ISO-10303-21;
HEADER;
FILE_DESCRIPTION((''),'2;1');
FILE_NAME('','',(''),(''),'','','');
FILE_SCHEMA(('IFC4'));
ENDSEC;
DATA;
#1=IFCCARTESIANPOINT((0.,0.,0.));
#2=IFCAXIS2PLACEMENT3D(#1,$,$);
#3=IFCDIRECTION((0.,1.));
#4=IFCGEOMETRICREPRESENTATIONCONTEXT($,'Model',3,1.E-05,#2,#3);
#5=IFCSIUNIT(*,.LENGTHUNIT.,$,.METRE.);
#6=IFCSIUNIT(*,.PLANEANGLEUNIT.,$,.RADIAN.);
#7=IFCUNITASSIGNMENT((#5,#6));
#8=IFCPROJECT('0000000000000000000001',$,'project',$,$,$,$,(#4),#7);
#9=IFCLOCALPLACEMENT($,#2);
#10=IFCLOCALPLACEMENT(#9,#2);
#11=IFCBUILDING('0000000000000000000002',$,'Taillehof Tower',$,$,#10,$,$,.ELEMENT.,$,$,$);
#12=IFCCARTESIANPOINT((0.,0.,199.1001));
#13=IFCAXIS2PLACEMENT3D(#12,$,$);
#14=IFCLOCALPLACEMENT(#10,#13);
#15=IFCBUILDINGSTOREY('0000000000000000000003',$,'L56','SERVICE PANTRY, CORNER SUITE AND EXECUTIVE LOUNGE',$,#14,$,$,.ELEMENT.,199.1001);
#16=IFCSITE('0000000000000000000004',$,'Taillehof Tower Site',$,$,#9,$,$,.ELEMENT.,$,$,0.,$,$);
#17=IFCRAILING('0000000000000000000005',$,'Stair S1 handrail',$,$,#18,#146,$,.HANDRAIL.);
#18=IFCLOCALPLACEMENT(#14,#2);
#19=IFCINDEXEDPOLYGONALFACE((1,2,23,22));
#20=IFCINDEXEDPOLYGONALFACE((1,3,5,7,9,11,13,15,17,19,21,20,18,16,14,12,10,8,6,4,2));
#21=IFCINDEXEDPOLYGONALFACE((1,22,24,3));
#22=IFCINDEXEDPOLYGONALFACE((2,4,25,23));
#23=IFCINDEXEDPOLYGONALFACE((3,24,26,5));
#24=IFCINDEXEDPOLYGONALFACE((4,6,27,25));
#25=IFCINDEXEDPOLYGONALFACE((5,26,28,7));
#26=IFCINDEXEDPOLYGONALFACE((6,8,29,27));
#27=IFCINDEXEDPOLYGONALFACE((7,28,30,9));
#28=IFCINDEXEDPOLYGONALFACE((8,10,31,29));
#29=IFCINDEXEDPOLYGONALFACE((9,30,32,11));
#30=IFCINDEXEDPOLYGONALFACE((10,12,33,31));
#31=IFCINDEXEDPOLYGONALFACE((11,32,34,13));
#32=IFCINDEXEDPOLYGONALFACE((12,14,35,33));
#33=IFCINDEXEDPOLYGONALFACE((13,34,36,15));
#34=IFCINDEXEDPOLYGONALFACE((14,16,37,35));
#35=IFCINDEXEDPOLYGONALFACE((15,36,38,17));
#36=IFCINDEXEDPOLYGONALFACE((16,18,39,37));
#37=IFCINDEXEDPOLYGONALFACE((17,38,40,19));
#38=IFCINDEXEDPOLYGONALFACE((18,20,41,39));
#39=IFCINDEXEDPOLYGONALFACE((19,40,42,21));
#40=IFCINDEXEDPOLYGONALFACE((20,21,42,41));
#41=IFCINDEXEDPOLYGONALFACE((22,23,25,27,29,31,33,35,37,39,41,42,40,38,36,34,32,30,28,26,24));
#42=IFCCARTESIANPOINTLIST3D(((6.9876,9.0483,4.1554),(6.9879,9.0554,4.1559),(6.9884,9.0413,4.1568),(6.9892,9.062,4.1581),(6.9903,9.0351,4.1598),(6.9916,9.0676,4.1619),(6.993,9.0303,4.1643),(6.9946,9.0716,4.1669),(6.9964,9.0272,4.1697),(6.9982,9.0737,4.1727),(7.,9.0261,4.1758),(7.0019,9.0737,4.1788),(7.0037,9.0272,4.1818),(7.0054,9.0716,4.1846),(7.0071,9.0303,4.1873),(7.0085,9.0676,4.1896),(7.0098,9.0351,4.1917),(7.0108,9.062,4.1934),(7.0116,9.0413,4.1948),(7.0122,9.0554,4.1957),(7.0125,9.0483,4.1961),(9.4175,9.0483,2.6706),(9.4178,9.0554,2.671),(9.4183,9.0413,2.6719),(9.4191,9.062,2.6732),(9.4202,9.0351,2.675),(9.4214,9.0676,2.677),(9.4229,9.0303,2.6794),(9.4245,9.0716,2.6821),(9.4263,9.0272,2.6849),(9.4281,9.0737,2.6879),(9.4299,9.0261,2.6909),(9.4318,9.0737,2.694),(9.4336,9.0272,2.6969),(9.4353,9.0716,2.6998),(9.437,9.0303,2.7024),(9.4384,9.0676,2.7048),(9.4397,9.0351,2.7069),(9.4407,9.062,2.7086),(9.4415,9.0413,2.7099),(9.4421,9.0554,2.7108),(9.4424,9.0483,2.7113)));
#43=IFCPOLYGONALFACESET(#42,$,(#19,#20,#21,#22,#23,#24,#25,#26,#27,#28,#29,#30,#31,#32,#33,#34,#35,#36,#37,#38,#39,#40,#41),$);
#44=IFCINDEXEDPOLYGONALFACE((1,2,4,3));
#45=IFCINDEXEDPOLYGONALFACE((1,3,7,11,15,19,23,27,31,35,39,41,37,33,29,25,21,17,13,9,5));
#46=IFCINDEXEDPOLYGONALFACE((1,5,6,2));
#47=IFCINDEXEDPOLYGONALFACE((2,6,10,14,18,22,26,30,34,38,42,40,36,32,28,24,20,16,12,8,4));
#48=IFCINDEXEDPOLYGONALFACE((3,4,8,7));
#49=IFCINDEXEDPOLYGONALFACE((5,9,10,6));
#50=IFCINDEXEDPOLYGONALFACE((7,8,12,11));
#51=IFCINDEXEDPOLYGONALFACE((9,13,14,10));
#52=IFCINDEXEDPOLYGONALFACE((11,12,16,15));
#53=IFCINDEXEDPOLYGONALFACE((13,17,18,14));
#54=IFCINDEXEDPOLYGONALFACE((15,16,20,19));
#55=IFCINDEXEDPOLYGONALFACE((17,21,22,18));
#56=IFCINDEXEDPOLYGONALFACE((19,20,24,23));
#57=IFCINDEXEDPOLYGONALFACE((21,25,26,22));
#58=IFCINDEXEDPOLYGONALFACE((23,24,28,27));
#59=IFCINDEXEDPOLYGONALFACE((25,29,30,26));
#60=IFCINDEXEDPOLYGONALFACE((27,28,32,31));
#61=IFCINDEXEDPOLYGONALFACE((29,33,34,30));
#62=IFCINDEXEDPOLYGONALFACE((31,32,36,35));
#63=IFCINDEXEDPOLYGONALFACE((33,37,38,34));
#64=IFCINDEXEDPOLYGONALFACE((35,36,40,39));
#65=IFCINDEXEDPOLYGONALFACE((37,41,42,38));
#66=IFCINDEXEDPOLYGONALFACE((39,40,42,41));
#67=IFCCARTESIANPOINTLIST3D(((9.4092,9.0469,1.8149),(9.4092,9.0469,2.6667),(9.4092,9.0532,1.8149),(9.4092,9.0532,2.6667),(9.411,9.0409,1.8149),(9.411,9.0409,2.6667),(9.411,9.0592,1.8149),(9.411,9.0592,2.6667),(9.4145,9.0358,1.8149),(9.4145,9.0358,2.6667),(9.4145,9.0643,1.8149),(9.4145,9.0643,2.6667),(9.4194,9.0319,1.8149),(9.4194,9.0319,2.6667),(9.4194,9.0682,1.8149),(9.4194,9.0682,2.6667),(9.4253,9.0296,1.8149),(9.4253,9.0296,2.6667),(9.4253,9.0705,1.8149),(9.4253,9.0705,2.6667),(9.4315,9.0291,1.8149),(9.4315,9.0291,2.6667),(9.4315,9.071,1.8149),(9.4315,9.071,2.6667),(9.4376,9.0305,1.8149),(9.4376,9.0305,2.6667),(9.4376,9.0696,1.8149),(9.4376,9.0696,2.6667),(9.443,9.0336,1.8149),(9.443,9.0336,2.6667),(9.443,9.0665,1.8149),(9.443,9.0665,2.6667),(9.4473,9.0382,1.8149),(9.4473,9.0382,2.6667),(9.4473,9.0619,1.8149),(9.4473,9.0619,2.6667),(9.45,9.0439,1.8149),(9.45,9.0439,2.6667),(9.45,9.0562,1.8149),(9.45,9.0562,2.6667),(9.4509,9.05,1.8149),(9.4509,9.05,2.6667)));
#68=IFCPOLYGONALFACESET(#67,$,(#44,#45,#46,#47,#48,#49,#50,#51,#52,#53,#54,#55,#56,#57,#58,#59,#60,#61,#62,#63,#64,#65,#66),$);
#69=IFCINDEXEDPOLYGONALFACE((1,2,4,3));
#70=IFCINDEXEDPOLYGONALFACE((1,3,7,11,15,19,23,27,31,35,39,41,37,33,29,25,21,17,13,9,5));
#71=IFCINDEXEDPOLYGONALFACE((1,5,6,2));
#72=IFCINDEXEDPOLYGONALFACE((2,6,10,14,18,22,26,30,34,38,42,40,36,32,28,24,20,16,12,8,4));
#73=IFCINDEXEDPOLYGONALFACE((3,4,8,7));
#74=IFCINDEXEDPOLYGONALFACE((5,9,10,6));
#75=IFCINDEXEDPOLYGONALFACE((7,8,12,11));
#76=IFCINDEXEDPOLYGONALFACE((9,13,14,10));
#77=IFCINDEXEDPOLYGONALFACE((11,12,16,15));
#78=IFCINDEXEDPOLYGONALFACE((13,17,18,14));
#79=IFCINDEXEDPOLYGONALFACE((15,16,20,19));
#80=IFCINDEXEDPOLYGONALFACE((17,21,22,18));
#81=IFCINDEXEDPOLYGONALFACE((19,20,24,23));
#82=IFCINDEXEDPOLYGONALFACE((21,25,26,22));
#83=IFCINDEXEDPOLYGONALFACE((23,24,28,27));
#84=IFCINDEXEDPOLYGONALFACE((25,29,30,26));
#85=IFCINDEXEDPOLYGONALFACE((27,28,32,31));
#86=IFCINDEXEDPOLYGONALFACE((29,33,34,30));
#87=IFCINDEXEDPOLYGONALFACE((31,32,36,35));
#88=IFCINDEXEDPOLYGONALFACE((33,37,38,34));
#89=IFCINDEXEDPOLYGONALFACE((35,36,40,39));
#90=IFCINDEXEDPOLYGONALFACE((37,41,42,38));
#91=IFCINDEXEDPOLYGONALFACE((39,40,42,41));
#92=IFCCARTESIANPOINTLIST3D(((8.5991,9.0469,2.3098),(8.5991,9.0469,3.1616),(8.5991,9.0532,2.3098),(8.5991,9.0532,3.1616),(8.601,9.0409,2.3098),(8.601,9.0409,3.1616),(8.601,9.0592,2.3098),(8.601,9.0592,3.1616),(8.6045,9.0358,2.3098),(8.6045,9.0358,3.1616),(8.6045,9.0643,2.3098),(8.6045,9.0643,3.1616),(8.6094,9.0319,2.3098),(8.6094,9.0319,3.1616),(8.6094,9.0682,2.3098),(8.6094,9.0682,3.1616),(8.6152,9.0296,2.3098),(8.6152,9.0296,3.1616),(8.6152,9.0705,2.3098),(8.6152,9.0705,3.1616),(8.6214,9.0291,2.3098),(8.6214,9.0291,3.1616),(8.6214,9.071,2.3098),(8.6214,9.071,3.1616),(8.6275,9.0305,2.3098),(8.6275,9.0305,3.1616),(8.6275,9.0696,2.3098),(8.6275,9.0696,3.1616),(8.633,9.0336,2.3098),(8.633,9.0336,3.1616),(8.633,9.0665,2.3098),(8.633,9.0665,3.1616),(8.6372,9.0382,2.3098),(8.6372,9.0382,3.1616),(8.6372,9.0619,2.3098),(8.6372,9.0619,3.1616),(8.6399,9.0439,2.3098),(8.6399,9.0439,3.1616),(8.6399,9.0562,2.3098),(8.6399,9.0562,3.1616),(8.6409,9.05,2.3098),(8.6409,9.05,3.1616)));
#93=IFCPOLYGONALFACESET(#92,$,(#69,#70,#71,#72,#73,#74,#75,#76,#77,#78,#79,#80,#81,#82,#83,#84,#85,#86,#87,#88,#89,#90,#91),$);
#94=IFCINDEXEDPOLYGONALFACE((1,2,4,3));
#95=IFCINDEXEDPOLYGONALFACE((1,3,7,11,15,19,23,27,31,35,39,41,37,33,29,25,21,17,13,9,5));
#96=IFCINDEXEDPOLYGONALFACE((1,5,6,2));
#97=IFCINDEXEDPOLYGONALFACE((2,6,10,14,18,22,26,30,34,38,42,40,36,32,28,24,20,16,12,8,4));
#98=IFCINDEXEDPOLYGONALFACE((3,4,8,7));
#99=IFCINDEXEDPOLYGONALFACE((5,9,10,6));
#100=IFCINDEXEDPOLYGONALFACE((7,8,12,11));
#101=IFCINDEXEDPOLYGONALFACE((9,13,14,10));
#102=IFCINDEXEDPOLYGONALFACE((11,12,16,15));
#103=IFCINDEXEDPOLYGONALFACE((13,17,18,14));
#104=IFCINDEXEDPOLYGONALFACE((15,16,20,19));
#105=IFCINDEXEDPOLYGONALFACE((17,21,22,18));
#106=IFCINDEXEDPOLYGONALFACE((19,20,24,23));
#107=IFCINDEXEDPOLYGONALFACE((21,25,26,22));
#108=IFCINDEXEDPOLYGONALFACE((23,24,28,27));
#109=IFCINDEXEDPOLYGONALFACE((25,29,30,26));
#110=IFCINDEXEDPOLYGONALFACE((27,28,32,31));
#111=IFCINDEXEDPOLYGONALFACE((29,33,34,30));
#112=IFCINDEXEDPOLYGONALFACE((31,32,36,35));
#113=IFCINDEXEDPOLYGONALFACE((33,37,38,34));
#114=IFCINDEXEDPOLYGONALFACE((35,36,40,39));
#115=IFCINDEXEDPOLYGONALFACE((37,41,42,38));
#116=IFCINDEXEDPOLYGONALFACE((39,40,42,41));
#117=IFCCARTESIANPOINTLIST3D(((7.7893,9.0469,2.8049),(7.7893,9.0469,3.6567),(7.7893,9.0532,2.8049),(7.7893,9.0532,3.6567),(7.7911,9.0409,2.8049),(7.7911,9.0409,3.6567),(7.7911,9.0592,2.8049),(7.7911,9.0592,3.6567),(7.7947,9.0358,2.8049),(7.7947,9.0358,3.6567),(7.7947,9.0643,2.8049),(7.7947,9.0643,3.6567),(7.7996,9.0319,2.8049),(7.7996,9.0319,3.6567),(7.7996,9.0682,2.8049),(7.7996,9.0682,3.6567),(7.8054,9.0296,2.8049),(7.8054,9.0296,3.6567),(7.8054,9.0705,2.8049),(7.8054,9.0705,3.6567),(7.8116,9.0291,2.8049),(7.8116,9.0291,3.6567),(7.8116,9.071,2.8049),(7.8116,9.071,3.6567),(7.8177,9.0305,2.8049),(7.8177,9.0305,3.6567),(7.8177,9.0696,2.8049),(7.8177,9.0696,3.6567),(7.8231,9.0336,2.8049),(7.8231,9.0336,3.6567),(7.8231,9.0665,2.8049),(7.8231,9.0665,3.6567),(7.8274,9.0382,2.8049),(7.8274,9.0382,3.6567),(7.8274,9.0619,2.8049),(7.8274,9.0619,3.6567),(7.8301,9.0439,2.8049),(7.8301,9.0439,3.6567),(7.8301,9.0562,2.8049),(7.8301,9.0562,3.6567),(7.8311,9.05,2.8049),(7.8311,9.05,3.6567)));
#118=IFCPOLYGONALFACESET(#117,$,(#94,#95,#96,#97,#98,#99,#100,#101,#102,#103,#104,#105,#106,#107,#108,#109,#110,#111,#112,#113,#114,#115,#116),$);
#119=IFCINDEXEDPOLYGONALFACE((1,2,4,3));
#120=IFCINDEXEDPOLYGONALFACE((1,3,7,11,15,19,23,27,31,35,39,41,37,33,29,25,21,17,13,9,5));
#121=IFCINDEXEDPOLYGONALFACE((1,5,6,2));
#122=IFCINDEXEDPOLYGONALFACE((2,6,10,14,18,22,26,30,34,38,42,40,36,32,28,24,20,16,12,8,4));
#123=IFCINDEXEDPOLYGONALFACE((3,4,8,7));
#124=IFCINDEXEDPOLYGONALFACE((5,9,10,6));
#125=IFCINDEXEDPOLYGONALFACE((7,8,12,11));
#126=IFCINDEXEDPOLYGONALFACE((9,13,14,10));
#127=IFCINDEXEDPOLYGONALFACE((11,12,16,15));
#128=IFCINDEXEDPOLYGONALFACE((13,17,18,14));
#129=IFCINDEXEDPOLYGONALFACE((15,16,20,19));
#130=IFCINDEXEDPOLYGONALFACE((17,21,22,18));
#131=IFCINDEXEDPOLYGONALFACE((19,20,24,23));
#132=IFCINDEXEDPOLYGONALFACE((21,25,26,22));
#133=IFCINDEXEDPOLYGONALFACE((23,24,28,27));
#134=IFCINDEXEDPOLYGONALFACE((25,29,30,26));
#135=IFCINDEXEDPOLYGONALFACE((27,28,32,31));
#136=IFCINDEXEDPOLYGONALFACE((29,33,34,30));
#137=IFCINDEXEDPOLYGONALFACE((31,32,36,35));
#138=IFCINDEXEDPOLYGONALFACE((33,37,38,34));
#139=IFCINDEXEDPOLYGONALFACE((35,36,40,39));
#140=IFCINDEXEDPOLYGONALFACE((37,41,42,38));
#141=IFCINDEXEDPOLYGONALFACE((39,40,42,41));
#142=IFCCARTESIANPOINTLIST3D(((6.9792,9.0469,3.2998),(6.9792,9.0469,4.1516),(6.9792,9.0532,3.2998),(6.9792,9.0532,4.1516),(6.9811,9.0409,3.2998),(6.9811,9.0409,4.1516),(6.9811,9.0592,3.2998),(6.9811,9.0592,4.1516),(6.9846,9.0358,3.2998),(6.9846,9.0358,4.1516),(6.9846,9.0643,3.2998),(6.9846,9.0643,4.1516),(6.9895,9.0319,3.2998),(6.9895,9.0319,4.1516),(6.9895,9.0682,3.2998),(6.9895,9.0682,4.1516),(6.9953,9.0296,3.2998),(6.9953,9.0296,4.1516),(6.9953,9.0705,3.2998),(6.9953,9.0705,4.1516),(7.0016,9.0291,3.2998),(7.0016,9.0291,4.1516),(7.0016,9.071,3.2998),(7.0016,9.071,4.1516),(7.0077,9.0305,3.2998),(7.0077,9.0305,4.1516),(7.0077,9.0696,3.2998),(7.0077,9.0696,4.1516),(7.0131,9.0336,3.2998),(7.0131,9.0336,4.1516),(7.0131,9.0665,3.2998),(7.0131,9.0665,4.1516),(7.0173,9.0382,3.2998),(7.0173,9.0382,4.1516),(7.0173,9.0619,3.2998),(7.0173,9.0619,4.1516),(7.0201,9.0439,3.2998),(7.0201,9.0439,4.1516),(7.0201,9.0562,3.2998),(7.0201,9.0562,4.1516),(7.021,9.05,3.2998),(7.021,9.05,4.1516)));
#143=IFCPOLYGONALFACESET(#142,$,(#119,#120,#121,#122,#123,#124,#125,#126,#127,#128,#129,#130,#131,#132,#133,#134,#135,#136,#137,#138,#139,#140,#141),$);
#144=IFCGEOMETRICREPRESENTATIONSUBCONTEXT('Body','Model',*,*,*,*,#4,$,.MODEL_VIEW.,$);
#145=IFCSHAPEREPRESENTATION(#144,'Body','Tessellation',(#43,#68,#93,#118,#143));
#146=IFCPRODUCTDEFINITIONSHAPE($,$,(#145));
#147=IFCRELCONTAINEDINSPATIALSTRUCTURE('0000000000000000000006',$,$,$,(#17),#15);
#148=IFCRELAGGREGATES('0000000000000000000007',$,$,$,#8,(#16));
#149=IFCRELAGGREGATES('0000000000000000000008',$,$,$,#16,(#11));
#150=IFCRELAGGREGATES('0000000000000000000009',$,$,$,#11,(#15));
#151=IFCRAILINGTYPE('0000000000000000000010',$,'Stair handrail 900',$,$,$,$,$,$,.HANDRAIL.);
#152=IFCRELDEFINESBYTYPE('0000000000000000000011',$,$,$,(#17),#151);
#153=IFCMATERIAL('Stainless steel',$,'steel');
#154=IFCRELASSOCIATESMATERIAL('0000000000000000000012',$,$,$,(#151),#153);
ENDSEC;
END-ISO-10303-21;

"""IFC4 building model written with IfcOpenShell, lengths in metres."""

from ifc_helpers import new_model, si_unit, direction, frame, origin, origin_2d, place, context, subcontext, project, spatial, circle, extrude, material, type_object, element, save


model = new_model("IFC4")

# Units and contexts
model_context = context("Model", 3, precision=1e-05, world=origin(), true_north=direction((0.0, 1.0)))
body_context = subcontext(model_context, "Body", "Model", "MODEL_VIEW")
ifc_project = project(units=[si_unit("LENGTHUNIT", "METRE"), si_unit("PLANEANGLEUNIT", "RADIAN")], contexts=[model_context])

# Site, building, storey
site_placement = place(None, origin())
site = spatial("IfcSite", under=ifc_project, at=site_placement, Name="Taillehof Tower Site", CompositionType="ELEMENT", RefElevation=0.0)
building_placement = place(site_placement, origin())
building = spatial("IfcBuilding", under=site, at=building_placement, Name="Taillehof Tower", CompositionType="ELEMENT")
storey_placement = place(building_placement, frame((0.0, 0.0, 199.1001)))
storey = spatial("IfcBuildingStorey", under=building, at=storey_placement, Name="L56", Description="SERVICE PANTRY, CORNER SUITE AND EXECUTIVE LOUNGE", CompositionType="ELEMENT", Elevation=199.1001)

# Railing
ifc_material_1 = material(Name="Stainless steel", Category="steel")
railing_type = type_object("IfcRailingType", Name="Stair handrail 900", PredefinedType="HANDRAIL", material=ifc_material_1)
railing_placement = place(storey_placement, frame((9.4299, 9.05, 1.8149)))
element("IfcRailing", 1, at=railing_placement, inside=storey, type_object=railing_type, Name="Stair S1 handrail", PredefinedType="HANDRAIL", context=body_context, shape_type="SweptSolid", body=[
    extrude(circle(Radius=0.0239, at=origin_2d()), frame((0.0, 0.0, 0.876), z_axis=(-0.853297, 0.0, 0.521426), x_axis=(0.0, -1.0, 0.0)), (0.0, 0.0, 1.0), 2.8477),
    extrude(circle(Radius=0.021, at=origin_2d()), origin(), (0.0, 0.0, 1.0), 0.8518),
    extrude(circle(Radius=0.021, at=origin_2d()), frame((-0.8101, 0.0, 0.4949)), (0.0, 0.0, 1.0), 0.8518),
    extrude(circle(Radius=0.021, at=origin_2d()), frame((-1.6199, 0.0, 0.99)), (0.0, 0.0, 1.0), 0.8518),
    extrude(circle(Radius=0.021, at=origin_2d()), frame((-2.4299, 0.0, 1.4849)), (0.0, 0.0, 1.0), 0.8518),
])

save(model, "model.ifc")
